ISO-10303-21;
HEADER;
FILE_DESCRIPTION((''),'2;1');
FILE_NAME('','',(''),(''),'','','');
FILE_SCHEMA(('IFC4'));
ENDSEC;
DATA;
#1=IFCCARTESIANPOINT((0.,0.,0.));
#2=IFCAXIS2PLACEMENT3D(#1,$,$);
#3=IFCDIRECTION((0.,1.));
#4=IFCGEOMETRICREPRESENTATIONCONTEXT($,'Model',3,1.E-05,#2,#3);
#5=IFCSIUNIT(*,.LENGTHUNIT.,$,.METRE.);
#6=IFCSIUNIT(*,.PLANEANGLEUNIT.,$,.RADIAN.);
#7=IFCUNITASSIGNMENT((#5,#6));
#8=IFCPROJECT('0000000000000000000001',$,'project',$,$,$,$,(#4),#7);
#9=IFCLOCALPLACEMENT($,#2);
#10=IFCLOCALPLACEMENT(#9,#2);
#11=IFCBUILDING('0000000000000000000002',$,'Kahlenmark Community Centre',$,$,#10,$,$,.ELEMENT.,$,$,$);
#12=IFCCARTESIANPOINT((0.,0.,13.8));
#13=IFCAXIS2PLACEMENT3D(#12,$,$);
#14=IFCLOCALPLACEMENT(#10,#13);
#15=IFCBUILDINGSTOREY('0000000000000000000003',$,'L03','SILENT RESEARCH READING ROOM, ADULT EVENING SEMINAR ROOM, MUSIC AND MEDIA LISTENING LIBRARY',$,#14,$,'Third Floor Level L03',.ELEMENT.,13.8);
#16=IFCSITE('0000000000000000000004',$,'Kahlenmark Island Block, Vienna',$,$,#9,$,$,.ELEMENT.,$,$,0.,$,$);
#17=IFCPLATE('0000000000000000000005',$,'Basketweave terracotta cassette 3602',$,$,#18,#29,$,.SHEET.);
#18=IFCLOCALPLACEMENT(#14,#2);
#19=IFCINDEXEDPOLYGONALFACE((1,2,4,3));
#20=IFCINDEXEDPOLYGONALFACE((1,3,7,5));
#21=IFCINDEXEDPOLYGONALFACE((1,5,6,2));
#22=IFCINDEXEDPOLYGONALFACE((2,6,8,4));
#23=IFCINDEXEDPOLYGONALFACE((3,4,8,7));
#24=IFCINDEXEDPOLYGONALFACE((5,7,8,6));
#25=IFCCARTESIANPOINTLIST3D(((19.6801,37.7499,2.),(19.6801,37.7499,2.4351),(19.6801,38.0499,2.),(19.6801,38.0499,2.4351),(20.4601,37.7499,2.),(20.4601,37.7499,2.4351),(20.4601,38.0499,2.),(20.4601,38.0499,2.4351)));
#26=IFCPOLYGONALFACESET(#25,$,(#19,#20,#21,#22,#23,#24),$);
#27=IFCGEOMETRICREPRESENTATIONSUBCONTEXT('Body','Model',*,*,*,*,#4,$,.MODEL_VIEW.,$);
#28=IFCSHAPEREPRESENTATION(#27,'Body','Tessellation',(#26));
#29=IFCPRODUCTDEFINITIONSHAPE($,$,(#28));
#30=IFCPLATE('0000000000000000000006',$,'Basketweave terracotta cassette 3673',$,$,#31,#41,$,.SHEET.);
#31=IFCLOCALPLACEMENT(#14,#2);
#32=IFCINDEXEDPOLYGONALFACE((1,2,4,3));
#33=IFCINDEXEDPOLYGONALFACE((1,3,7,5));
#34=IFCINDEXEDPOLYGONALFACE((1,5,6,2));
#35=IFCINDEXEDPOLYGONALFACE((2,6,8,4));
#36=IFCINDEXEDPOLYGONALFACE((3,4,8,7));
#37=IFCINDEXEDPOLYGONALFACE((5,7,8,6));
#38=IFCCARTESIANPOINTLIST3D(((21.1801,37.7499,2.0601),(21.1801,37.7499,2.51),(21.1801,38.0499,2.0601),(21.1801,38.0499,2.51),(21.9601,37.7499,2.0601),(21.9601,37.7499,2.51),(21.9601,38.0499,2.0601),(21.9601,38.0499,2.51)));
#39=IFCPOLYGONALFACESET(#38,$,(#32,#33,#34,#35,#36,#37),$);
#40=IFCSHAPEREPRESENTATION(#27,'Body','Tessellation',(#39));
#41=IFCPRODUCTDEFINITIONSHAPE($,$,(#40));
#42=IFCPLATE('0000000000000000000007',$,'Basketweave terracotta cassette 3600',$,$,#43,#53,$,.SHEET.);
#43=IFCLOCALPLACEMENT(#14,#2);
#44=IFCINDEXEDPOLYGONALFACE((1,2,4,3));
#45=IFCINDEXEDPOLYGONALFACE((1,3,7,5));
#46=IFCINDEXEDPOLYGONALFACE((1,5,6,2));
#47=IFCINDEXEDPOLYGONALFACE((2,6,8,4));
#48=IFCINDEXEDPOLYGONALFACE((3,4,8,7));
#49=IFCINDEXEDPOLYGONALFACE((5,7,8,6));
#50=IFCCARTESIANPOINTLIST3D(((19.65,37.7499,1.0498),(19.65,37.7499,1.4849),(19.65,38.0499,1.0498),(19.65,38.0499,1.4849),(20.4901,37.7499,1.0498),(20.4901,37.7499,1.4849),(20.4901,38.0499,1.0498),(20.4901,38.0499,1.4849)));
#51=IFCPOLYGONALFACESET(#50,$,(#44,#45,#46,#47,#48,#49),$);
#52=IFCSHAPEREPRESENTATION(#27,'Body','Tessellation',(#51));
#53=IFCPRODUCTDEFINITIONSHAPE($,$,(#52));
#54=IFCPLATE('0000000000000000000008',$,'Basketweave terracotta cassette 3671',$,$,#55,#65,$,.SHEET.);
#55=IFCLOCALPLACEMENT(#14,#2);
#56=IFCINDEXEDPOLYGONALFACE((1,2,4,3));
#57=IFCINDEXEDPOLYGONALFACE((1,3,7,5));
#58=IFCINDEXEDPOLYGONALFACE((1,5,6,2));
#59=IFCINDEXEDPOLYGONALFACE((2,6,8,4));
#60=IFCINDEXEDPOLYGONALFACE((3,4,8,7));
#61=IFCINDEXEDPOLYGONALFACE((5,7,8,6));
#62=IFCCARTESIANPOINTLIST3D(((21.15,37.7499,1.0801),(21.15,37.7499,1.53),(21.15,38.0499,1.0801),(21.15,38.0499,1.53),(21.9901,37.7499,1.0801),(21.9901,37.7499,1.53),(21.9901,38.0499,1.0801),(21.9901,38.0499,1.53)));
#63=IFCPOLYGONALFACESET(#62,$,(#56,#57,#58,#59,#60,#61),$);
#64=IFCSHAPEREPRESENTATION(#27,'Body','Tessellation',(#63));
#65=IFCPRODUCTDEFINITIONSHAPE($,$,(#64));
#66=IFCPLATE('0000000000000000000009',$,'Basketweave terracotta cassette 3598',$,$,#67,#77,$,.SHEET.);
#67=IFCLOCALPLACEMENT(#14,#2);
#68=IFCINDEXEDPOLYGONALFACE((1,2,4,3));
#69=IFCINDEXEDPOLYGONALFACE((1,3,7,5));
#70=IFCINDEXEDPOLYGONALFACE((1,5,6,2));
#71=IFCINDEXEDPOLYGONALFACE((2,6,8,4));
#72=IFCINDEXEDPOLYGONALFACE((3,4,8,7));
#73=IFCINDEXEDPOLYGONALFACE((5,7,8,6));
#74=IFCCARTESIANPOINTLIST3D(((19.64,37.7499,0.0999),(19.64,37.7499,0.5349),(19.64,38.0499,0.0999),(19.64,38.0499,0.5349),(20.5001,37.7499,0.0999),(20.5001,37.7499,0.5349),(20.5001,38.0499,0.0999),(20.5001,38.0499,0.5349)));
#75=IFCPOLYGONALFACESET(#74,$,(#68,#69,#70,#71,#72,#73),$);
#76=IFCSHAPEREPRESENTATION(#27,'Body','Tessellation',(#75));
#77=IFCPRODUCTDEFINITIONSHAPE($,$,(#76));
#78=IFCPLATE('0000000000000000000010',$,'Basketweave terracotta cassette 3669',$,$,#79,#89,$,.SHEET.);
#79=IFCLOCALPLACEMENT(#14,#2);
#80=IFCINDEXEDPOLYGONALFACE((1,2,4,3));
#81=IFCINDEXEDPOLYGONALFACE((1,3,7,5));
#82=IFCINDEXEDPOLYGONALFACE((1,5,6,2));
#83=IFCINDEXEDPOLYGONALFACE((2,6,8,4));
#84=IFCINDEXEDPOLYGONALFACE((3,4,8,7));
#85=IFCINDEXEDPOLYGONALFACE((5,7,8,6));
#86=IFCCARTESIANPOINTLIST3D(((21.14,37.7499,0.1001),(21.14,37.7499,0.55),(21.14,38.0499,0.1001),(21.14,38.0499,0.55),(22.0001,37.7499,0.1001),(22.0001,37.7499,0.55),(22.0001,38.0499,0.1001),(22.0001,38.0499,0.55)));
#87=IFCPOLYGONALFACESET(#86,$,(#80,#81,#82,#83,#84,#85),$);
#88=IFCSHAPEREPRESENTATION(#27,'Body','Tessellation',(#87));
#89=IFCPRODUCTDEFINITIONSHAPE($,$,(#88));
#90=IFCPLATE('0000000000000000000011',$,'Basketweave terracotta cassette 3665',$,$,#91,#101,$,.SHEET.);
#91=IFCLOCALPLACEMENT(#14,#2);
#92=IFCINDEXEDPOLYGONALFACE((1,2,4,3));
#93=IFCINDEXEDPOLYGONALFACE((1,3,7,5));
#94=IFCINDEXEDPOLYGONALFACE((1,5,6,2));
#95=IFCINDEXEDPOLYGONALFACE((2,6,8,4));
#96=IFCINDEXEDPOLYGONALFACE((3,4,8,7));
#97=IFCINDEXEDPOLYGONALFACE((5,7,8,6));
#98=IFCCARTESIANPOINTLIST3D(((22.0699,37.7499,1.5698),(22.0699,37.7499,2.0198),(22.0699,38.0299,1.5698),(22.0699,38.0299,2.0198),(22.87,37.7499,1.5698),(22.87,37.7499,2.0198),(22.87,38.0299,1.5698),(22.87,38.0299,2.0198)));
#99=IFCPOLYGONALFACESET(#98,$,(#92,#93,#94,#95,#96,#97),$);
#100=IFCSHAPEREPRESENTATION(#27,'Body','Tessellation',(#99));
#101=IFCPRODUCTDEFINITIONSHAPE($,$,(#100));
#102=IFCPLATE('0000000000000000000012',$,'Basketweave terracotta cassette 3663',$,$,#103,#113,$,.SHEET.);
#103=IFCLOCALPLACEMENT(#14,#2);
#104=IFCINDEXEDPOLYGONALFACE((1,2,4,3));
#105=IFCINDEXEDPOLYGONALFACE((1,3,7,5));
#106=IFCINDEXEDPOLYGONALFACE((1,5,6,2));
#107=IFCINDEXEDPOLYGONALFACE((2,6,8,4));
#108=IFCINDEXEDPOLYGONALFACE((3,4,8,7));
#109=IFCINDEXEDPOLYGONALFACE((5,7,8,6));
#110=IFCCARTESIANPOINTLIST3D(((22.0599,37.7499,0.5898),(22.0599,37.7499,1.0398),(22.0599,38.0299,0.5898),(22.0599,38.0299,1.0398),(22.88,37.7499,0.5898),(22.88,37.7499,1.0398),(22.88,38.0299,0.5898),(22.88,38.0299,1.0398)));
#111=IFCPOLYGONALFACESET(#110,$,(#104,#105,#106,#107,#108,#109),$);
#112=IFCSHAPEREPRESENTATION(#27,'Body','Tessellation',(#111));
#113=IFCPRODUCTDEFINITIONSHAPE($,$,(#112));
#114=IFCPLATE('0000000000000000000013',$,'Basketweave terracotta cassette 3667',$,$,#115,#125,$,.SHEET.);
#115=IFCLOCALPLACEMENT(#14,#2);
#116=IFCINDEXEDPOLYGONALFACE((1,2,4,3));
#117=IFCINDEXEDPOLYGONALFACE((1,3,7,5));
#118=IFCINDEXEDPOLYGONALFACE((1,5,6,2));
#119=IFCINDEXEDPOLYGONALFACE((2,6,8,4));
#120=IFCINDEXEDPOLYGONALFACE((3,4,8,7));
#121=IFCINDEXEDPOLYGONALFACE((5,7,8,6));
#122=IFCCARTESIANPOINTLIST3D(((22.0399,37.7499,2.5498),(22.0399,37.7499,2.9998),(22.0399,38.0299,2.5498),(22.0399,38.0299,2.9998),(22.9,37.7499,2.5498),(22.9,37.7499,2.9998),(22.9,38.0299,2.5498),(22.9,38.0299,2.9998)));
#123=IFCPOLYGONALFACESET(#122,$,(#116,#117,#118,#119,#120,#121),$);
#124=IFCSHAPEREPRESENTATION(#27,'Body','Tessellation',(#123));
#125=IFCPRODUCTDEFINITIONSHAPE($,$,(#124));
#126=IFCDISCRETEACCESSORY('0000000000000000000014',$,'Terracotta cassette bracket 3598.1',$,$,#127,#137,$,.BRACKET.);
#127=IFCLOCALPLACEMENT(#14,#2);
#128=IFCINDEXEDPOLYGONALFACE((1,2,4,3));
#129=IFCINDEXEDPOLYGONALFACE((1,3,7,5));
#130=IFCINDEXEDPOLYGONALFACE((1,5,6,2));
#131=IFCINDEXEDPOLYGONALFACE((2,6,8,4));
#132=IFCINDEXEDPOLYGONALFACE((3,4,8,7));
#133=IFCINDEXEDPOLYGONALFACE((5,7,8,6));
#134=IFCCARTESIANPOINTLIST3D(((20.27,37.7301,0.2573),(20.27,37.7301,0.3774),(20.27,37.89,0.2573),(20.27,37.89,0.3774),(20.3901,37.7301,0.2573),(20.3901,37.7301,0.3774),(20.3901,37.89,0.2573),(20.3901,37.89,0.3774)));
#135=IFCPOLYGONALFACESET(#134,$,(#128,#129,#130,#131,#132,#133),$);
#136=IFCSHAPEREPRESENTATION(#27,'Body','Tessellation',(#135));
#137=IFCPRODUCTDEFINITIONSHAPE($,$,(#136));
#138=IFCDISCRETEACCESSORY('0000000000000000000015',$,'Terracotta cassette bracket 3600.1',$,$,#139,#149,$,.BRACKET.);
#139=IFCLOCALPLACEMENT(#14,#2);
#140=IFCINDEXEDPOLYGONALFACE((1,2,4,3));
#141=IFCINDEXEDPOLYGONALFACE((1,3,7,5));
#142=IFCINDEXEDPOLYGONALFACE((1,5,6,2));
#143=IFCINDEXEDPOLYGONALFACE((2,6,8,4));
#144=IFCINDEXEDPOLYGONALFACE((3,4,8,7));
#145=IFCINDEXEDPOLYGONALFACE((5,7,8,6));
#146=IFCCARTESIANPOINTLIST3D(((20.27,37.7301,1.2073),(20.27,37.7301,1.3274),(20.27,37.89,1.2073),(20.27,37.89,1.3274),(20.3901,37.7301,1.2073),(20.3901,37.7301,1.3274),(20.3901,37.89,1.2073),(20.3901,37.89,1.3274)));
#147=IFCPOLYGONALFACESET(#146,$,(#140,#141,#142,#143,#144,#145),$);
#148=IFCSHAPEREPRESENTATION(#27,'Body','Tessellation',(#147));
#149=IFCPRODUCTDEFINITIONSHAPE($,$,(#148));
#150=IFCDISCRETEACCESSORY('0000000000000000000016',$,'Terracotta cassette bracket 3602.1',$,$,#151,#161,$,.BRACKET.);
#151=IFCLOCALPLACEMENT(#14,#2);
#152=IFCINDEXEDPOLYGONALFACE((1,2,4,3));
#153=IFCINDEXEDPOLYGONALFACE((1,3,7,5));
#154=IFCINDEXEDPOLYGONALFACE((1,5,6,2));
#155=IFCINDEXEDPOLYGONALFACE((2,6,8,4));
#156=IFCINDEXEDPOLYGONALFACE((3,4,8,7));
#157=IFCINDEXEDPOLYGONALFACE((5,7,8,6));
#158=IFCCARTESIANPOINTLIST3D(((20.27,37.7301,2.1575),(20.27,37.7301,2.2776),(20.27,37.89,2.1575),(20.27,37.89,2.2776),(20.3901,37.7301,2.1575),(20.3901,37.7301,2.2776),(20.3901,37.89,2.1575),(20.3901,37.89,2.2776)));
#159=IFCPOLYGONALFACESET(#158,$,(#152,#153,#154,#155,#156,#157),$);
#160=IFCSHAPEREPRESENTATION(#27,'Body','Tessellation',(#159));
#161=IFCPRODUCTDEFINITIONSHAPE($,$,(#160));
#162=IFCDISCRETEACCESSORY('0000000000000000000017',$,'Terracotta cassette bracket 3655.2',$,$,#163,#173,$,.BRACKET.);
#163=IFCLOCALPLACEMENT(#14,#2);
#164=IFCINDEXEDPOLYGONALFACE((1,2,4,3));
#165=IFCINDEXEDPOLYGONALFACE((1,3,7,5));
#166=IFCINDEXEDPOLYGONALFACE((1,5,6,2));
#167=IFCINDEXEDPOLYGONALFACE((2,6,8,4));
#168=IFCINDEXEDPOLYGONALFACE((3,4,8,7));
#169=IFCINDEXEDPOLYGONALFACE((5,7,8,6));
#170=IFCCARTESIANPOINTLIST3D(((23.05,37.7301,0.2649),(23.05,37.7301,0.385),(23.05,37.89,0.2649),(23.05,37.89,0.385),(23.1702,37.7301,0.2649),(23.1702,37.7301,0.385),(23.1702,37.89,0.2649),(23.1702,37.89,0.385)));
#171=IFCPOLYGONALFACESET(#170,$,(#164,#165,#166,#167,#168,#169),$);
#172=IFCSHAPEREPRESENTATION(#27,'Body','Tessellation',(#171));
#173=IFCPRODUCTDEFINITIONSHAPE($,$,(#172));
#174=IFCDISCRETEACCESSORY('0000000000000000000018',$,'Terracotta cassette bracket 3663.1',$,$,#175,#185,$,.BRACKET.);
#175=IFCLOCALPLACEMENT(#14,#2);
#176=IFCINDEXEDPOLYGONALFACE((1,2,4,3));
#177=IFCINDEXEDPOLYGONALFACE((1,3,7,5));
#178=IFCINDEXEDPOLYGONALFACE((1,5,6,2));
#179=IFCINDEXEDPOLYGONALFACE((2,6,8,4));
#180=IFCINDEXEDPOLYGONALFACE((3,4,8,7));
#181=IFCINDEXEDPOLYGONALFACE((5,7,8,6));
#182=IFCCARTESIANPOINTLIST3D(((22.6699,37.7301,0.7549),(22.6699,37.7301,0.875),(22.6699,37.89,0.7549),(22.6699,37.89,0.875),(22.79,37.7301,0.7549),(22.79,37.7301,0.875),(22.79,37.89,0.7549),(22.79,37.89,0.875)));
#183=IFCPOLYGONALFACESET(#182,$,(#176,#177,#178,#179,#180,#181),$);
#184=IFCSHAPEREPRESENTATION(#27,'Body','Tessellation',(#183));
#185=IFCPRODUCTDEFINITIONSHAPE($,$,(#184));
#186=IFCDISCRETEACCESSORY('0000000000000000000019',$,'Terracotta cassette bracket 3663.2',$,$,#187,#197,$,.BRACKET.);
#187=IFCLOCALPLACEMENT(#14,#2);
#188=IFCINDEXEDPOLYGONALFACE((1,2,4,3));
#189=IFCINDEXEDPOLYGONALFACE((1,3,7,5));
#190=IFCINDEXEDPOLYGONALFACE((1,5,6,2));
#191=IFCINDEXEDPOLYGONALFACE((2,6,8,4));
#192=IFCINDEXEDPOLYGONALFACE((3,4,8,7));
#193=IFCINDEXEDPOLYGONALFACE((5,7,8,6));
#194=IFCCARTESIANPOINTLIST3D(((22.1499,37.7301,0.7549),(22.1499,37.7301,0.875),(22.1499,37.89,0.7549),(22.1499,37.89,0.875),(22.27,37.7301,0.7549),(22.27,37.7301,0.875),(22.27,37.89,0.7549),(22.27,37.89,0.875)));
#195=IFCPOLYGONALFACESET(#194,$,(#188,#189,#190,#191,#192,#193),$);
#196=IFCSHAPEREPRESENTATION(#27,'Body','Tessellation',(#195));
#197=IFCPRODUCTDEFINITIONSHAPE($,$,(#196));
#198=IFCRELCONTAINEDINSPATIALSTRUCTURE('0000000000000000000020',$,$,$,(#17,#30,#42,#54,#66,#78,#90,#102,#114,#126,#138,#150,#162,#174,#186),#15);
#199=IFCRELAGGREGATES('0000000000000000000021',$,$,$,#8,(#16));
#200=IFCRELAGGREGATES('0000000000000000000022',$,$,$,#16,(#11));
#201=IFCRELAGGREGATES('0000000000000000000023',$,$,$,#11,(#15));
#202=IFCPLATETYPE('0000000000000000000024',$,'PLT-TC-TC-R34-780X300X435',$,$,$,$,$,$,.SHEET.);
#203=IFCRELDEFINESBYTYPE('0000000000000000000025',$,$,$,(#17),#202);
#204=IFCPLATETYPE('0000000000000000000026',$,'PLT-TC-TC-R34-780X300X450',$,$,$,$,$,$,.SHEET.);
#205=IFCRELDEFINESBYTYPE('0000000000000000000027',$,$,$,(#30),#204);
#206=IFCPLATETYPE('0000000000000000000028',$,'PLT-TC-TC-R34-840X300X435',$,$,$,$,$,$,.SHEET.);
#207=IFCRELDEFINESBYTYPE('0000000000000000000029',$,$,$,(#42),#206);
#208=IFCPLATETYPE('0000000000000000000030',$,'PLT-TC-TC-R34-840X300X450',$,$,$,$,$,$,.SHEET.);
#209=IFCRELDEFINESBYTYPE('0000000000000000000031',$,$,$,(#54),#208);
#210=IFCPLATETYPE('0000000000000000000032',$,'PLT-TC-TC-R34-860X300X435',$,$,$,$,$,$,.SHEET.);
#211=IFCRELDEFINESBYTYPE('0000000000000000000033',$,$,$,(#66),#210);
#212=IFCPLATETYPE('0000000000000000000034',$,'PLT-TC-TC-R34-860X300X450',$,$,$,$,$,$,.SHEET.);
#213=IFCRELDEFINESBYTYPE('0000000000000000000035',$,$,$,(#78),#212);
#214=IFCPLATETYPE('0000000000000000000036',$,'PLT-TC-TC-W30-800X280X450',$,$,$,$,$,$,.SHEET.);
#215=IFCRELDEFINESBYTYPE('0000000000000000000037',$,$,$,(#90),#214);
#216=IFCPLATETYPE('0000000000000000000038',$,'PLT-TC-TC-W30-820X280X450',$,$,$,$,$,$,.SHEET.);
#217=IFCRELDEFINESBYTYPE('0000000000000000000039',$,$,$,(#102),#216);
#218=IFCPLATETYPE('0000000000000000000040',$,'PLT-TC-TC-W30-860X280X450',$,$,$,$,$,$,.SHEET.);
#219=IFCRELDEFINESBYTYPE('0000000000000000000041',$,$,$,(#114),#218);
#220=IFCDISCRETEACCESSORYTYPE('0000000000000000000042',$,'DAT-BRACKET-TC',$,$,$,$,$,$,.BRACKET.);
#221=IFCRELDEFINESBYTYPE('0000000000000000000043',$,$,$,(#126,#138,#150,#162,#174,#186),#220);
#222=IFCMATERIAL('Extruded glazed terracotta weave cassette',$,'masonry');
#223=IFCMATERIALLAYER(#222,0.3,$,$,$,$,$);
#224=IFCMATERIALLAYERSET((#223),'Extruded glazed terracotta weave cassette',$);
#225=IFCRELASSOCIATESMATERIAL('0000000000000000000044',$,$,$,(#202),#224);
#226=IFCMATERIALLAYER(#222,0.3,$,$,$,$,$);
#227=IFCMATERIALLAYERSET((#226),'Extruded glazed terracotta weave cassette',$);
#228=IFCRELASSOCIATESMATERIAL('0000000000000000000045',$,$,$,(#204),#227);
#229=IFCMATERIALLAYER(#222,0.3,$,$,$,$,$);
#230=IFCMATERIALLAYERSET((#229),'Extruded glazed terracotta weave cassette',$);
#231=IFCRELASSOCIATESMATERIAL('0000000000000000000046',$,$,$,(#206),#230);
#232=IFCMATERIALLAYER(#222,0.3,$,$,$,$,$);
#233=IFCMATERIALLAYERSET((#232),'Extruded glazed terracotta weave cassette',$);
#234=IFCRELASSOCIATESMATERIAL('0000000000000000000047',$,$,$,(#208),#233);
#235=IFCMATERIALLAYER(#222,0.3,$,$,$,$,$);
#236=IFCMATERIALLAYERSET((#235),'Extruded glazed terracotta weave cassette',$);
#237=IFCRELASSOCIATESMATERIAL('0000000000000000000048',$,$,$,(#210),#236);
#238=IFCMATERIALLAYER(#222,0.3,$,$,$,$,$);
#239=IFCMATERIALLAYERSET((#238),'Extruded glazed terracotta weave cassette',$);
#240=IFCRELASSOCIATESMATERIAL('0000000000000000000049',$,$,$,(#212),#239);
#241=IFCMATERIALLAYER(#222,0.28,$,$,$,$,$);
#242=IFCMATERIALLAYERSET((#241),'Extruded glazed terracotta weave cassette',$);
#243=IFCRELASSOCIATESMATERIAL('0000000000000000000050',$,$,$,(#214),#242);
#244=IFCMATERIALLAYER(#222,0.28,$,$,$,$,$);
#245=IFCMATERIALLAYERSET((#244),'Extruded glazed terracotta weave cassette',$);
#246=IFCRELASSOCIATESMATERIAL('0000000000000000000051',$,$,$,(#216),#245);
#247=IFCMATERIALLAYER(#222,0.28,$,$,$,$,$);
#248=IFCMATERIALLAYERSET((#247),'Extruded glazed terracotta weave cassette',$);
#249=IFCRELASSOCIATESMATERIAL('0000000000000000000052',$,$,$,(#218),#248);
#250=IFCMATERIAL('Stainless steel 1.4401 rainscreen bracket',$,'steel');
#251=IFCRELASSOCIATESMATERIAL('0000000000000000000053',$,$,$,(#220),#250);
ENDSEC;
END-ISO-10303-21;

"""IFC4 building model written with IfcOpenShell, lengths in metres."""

from ifc_helpers import new_model, si_unit, direction, frame, origin, origin_2d, place, context, subcontext, project, spatial, rectangle, extrude, material, layer, layer_set, type_object, element, save


model = new_model("IFC4")

# Units and contexts
model_context = context("Model", 3, precision=1e-05, world=origin(), true_north=direction((0.0, 1.0)))
body_context = subcontext(model_context, "Body", "Model", "MODEL_VIEW")
ifc_project = project(units=[si_unit("LENGTHUNIT", "METRE"), si_unit("PLANEANGLEUNIT", "RADIAN")], contexts=[model_context])

# Site, building, storey
site_placement = place(None, origin())
site = spatial("IfcSite", under=ifc_project, at=site_placement, Name="Kahlenmark Island Block, Vienna", CompositionType="ELEMENT", RefElevation=0.0)
building_placement = place(site_placement, origin())
building = spatial("IfcBuilding", under=site, at=building_placement, Name="Kahlenmark Community Centre", CompositionType="ELEMENT")
storey_placement = place(building_placement, frame((0.0, 0.0, 13.8)))
storey = spatial("IfcBuildingStorey", under=building, at=storey_placement, Name="L03", Description="SILENT RESEARCH READING ROOM, ADULT EVENING SEMINAR ROOM, MUSIC AND MEDIA LISTENING LIBRARY", LongName="Third Floor Level L03", CompositionType="ELEMENT", Elevation=13.8)

# Plates
ifc_material_1 = material(Name="Extruded glazed terracotta weave cassette", Category="masonry")
ifc_layer_1 = layer(ifc_material_1, 0.3)
ifc_layer_set_1 = layer_set([ifc_layer_1], Name="Extruded glazed terracotta weave cassette")
plate_type_1 = type_object("IfcPlateType", Name="PLT-TC-TC-R34-780X300X435", PredefinedType="SHEET", material=ifc_layer_set_1)
plate_1_placement = place(storey_placement, frame((20.0701, 37.8999, 2.0), z_axis=(0.0, 0.0, 1.0), x_axis=(-1.0, 0.0, 0.0)))
element("IfcPlate", 1, at=plate_1_placement, inside=storey, type_object=plate_type_1, Name="Basketweave terracotta cassette 3602", PredefinedType="SHEET", context=body_context, shape_type="SweptSolid", body=[
    extrude(rectangle(XDim=0.78, YDim=0.3, at=origin_2d()), origin(), (0.0, 0.0, 1.0), 0.4351),
])
ifc_layer_2 = layer(ifc_material_1, 0.3)
ifc_layer_set_2 = layer_set([ifc_layer_2], Name="Extruded glazed terracotta weave cassette")
plate_type_2 = type_object("IfcPlateType", Name="PLT-TC-TC-R34-780X300X450", PredefinedType="SHEET", material=ifc_layer_set_2)
plate_2_placement = place(storey_placement, frame((21.5701, 37.8999, 2.0601), z_axis=(0.0, 0.0, 1.0), x_axis=(-1.0, 0.0, 0.0)))
element("IfcPlate", 2, at=plate_2_placement, inside=storey, type_object=plate_type_2, Name="Basketweave terracotta cassette 3673", PredefinedType="SHEET", context=body_context, shape_type="SweptSolid", body=[
    extrude(rectangle(XDim=0.78, YDim=0.3, at=origin_2d()), origin(), (0.0, 0.0, 1.0), 0.45),
])
ifc_layer_3 = layer(ifc_material_1, 0.3)
ifc_layer_set_3 = layer_set([ifc_layer_3], Name="Extruded glazed terracotta weave cassette")
plate_type_3 = type_object("IfcPlateType", Name="PLT-TC-TC-R34-840X300X435", PredefinedType="SHEET", material=ifc_layer_set_3)
plate_3_placement = place(storey_placement, frame((20.0701, 37.8999, 1.0498), z_axis=(0.0, 0.0, 1.0), x_axis=(-1.0, 0.0, 0.0)))
element("IfcPlate", 3, at=plate_3_placement, inside=storey, type_object=plate_type_3, Name="Basketweave terracotta cassette 3600", PredefinedType="SHEET", context=body_context, shape_type="SweptSolid", body=[
    extrude(rectangle(XDim=0.8401, YDim=0.3, at=origin_2d()), origin(), (0.0, 0.0, 1.0), 0.4351),
])
ifc_layer_4 = layer(ifc_material_1, 0.3)
ifc_layer_set_4 = layer_set([ifc_layer_4], Name="Extruded glazed terracotta weave cassette")
plate_type_4 = type_object("IfcPlateType", Name="PLT-TC-TC-R34-840X300X450", PredefinedType="SHEET", material=ifc_layer_set_4)
plate_4_placement = place(storey_placement, frame((21.5701, 37.8999, 1.0801), z_axis=(0.0, 0.0, 1.0), x_axis=(-1.0, 0.0, 0.0)))
element("IfcPlate", 4, at=plate_4_placement, inside=storey, type_object=plate_type_4, Name="Basketweave terracotta cassette 3671", PredefinedType="SHEET", context=body_context, shape_type="SweptSolid", body=[
    extrude(rectangle(XDim=0.8401, YDim=0.3, at=origin_2d()), origin(), (0.0, 0.0, 1.0), 0.45),
])
ifc_layer_5 = layer(ifc_material_1, 0.3)
ifc_layer_set_5 = layer_set([ifc_layer_5], Name="Extruded glazed terracotta weave cassette")
plate_type_5 = type_object("IfcPlateType", Name="PLT-TC-TC-R34-860X300X435", PredefinedType="SHEET", material=ifc_layer_set_5)
plate_5_placement = place(storey_placement, frame((20.0701, 37.8999, 0.0999), z_axis=(0.0, 0.0, 1.0), x_axis=(-1.0, 0.0, 0.0)))
element("IfcPlate", 5, at=plate_5_placement, inside=storey, type_object=plate_type_5, Name="Basketweave terracotta cassette 3598", PredefinedType="SHEET", context=body_context, shape_type="SweptSolid", body=[
    extrude(rectangle(XDim=0.8601, YDim=0.3, at=origin_2d()), origin(), (0.0, 0.0, 1.0), 0.4351),
])
ifc_layer_6 = layer(ifc_material_1, 0.3)
ifc_layer_set_6 = layer_set([ifc_layer_6], Name="Extruded glazed terracotta weave cassette")
plate_type_6 = type_object("IfcPlateType", Name="PLT-TC-TC-R34-860X300X450", PredefinedType="SHEET", material=ifc_layer_set_6)
plate_6_placement = place(storey_placement, frame((21.5701, 37.8999, 0.1001), z_axis=(0.0, 0.0, 1.0), x_axis=(-1.0, 0.0, 0.0)))
element("IfcPlate", 6, at=plate_6_placement, inside=storey, type_object=plate_type_6, Name="Basketweave terracotta cassette 3669", PredefinedType="SHEET", context=body_context, shape_type="SweptSolid", body=[
    extrude(rectangle(XDim=0.8601, YDim=0.3, at=origin_2d()), origin(), (0.0, 0.0, 1.0), 0.45),
])
ifc_layer_7 = layer(ifc_material_1, 0.28)
ifc_layer_set_7 = layer_set([ifc_layer_7], Name="Extruded glazed terracotta weave cassette")
plate_type_7 = type_object("IfcPlateType", Name="PLT-TC-TC-W30-800X280X450", PredefinedType="SHEET", material=ifc_layer_set_7)
plate_7_placement = place(storey_placement, frame((22.47, 37.8899, 1.5698), z_axis=(0.0, 0.0, 1.0), x_axis=(-1.0, 0.0, 0.0)))
element("IfcPlate", 7, at=plate_7_placement, inside=storey, type_object=plate_type_7, Name="Basketweave terracotta cassette 3665", PredefinedType="SHEET", context=body_context, shape_type="SweptSolid", body=[
    extrude(rectangle(XDim=0.8, YDim=0.28, at=origin_2d()), origin(), (0.0, 0.0, 1.0), 0.45),
])
ifc_layer_8 = layer(ifc_material_1, 0.28)
ifc_layer_set_8 = layer_set([ifc_layer_8], Name="Extruded glazed terracotta weave cassette")
plate_type_8 = type_object("IfcPlateType", Name="PLT-TC-TC-W30-820X280X450", PredefinedType="SHEET", material=ifc_layer_set_8)
plate_8_placement = place(storey_placement, frame((22.47, 37.8899, 0.5898), z_axis=(0.0, 0.0, 1.0), x_axis=(-1.0, 0.0, 0.0)))
element("IfcPlate", 8, at=plate_8_placement, inside=storey, type_object=plate_type_8, Name="Basketweave terracotta cassette 3663", PredefinedType="SHEET", context=body_context, shape_type="SweptSolid", body=[
    extrude(rectangle(XDim=0.8201, YDim=0.28, at=origin_2d()), origin(), (0.0, 0.0, 1.0), 0.45),
])
ifc_layer_9 = layer(ifc_material_1, 0.28)
ifc_layer_set_9 = layer_set([ifc_layer_9], Name="Extruded glazed terracotta weave cassette")
plate_type_9 = type_object("IfcPlateType", Name="PLT-TC-TC-W30-860X280X450", PredefinedType="SHEET", material=ifc_layer_set_9)
plate_9_placement = place(storey_placement, frame((22.47, 37.8899, 2.5498), z_axis=(0.0, 0.0, 1.0), x_axis=(-1.0, 0.0, 0.0)))
element("IfcPlate", 9, at=plate_9_placement, inside=storey, type_object=plate_type_9, Name="Basketweave terracotta cassette 3667", PredefinedType="SHEET", context=body_context, shape_type="SweptSolid", body=[
    extrude(rectangle(XDim=0.8601, YDim=0.28, at=origin_2d()), origin(), (0.0, 0.0, 1.0), 0.45),
])

# Discrete accessories
ifc_material_2 = material(Name="Stainless steel 1.4401 rainscreen bracket", Category="steel")
discrete_accessory_type = type_object("IfcDiscreteAccessoryType", Name="DAT-BRACKET-TC", PredefinedType="BRACKET", material=ifc_material_2)
for number, where, z_axis, x_axis, name in (
    (10, (20.3301, 37.8101, 0.2573), (0.0, 0.0, 1.0), (-1.0, 0.0, 0.0), "Terracotta cassette bracket 3598.1"),
    (11, (20.3301, 37.8101, 1.2073), (0.0, 0.0, 1.0), (-1.0, 0.0, 0.0), "Terracotta cassette bracket 3600.1"),
    (12, (20.3301, 37.8101, 2.1575), (0.0, 0.0, 1.0), (-1.0, 0.0, 0.0), "Terracotta cassette bracket 3602.1"),
    (13, (23.1101, 37.8101, 0.2649), (0.0, 0.0, 1.0), (-1.0, 0.0, 0.0), "Terracotta cassette bracket 3655.2"),
    (14, (22.73, 37.8101, 0.7549), (0.0, 0.0, 1.0), (-1.0, 0.0, 0.0), "Terracotta cassette bracket 3663.1"),
    (15, (22.21, 37.8101, 0.7549), (0.0, 0.0, 1.0), (-1.0, 0.0, 0.0), "Terracotta cassette bracket 3663.2"),
):
    element("IfcDiscreteAccessory", number, at=place(storey_placement, frame(where, z_axis=z_axis, x_axis=x_axis)), inside=storey, type_object=discrete_accessory_type, Name=name, PredefinedType="BRACKET", context=body_context, shape_type="SweptSolid", body=[
        extrude(rectangle(XDim=0.1201, YDim=0.1599, at=origin_2d()), origin(), (0.0, 0.0, 1.0), 0.1201),
    ])

save(model, "model.ifc")
